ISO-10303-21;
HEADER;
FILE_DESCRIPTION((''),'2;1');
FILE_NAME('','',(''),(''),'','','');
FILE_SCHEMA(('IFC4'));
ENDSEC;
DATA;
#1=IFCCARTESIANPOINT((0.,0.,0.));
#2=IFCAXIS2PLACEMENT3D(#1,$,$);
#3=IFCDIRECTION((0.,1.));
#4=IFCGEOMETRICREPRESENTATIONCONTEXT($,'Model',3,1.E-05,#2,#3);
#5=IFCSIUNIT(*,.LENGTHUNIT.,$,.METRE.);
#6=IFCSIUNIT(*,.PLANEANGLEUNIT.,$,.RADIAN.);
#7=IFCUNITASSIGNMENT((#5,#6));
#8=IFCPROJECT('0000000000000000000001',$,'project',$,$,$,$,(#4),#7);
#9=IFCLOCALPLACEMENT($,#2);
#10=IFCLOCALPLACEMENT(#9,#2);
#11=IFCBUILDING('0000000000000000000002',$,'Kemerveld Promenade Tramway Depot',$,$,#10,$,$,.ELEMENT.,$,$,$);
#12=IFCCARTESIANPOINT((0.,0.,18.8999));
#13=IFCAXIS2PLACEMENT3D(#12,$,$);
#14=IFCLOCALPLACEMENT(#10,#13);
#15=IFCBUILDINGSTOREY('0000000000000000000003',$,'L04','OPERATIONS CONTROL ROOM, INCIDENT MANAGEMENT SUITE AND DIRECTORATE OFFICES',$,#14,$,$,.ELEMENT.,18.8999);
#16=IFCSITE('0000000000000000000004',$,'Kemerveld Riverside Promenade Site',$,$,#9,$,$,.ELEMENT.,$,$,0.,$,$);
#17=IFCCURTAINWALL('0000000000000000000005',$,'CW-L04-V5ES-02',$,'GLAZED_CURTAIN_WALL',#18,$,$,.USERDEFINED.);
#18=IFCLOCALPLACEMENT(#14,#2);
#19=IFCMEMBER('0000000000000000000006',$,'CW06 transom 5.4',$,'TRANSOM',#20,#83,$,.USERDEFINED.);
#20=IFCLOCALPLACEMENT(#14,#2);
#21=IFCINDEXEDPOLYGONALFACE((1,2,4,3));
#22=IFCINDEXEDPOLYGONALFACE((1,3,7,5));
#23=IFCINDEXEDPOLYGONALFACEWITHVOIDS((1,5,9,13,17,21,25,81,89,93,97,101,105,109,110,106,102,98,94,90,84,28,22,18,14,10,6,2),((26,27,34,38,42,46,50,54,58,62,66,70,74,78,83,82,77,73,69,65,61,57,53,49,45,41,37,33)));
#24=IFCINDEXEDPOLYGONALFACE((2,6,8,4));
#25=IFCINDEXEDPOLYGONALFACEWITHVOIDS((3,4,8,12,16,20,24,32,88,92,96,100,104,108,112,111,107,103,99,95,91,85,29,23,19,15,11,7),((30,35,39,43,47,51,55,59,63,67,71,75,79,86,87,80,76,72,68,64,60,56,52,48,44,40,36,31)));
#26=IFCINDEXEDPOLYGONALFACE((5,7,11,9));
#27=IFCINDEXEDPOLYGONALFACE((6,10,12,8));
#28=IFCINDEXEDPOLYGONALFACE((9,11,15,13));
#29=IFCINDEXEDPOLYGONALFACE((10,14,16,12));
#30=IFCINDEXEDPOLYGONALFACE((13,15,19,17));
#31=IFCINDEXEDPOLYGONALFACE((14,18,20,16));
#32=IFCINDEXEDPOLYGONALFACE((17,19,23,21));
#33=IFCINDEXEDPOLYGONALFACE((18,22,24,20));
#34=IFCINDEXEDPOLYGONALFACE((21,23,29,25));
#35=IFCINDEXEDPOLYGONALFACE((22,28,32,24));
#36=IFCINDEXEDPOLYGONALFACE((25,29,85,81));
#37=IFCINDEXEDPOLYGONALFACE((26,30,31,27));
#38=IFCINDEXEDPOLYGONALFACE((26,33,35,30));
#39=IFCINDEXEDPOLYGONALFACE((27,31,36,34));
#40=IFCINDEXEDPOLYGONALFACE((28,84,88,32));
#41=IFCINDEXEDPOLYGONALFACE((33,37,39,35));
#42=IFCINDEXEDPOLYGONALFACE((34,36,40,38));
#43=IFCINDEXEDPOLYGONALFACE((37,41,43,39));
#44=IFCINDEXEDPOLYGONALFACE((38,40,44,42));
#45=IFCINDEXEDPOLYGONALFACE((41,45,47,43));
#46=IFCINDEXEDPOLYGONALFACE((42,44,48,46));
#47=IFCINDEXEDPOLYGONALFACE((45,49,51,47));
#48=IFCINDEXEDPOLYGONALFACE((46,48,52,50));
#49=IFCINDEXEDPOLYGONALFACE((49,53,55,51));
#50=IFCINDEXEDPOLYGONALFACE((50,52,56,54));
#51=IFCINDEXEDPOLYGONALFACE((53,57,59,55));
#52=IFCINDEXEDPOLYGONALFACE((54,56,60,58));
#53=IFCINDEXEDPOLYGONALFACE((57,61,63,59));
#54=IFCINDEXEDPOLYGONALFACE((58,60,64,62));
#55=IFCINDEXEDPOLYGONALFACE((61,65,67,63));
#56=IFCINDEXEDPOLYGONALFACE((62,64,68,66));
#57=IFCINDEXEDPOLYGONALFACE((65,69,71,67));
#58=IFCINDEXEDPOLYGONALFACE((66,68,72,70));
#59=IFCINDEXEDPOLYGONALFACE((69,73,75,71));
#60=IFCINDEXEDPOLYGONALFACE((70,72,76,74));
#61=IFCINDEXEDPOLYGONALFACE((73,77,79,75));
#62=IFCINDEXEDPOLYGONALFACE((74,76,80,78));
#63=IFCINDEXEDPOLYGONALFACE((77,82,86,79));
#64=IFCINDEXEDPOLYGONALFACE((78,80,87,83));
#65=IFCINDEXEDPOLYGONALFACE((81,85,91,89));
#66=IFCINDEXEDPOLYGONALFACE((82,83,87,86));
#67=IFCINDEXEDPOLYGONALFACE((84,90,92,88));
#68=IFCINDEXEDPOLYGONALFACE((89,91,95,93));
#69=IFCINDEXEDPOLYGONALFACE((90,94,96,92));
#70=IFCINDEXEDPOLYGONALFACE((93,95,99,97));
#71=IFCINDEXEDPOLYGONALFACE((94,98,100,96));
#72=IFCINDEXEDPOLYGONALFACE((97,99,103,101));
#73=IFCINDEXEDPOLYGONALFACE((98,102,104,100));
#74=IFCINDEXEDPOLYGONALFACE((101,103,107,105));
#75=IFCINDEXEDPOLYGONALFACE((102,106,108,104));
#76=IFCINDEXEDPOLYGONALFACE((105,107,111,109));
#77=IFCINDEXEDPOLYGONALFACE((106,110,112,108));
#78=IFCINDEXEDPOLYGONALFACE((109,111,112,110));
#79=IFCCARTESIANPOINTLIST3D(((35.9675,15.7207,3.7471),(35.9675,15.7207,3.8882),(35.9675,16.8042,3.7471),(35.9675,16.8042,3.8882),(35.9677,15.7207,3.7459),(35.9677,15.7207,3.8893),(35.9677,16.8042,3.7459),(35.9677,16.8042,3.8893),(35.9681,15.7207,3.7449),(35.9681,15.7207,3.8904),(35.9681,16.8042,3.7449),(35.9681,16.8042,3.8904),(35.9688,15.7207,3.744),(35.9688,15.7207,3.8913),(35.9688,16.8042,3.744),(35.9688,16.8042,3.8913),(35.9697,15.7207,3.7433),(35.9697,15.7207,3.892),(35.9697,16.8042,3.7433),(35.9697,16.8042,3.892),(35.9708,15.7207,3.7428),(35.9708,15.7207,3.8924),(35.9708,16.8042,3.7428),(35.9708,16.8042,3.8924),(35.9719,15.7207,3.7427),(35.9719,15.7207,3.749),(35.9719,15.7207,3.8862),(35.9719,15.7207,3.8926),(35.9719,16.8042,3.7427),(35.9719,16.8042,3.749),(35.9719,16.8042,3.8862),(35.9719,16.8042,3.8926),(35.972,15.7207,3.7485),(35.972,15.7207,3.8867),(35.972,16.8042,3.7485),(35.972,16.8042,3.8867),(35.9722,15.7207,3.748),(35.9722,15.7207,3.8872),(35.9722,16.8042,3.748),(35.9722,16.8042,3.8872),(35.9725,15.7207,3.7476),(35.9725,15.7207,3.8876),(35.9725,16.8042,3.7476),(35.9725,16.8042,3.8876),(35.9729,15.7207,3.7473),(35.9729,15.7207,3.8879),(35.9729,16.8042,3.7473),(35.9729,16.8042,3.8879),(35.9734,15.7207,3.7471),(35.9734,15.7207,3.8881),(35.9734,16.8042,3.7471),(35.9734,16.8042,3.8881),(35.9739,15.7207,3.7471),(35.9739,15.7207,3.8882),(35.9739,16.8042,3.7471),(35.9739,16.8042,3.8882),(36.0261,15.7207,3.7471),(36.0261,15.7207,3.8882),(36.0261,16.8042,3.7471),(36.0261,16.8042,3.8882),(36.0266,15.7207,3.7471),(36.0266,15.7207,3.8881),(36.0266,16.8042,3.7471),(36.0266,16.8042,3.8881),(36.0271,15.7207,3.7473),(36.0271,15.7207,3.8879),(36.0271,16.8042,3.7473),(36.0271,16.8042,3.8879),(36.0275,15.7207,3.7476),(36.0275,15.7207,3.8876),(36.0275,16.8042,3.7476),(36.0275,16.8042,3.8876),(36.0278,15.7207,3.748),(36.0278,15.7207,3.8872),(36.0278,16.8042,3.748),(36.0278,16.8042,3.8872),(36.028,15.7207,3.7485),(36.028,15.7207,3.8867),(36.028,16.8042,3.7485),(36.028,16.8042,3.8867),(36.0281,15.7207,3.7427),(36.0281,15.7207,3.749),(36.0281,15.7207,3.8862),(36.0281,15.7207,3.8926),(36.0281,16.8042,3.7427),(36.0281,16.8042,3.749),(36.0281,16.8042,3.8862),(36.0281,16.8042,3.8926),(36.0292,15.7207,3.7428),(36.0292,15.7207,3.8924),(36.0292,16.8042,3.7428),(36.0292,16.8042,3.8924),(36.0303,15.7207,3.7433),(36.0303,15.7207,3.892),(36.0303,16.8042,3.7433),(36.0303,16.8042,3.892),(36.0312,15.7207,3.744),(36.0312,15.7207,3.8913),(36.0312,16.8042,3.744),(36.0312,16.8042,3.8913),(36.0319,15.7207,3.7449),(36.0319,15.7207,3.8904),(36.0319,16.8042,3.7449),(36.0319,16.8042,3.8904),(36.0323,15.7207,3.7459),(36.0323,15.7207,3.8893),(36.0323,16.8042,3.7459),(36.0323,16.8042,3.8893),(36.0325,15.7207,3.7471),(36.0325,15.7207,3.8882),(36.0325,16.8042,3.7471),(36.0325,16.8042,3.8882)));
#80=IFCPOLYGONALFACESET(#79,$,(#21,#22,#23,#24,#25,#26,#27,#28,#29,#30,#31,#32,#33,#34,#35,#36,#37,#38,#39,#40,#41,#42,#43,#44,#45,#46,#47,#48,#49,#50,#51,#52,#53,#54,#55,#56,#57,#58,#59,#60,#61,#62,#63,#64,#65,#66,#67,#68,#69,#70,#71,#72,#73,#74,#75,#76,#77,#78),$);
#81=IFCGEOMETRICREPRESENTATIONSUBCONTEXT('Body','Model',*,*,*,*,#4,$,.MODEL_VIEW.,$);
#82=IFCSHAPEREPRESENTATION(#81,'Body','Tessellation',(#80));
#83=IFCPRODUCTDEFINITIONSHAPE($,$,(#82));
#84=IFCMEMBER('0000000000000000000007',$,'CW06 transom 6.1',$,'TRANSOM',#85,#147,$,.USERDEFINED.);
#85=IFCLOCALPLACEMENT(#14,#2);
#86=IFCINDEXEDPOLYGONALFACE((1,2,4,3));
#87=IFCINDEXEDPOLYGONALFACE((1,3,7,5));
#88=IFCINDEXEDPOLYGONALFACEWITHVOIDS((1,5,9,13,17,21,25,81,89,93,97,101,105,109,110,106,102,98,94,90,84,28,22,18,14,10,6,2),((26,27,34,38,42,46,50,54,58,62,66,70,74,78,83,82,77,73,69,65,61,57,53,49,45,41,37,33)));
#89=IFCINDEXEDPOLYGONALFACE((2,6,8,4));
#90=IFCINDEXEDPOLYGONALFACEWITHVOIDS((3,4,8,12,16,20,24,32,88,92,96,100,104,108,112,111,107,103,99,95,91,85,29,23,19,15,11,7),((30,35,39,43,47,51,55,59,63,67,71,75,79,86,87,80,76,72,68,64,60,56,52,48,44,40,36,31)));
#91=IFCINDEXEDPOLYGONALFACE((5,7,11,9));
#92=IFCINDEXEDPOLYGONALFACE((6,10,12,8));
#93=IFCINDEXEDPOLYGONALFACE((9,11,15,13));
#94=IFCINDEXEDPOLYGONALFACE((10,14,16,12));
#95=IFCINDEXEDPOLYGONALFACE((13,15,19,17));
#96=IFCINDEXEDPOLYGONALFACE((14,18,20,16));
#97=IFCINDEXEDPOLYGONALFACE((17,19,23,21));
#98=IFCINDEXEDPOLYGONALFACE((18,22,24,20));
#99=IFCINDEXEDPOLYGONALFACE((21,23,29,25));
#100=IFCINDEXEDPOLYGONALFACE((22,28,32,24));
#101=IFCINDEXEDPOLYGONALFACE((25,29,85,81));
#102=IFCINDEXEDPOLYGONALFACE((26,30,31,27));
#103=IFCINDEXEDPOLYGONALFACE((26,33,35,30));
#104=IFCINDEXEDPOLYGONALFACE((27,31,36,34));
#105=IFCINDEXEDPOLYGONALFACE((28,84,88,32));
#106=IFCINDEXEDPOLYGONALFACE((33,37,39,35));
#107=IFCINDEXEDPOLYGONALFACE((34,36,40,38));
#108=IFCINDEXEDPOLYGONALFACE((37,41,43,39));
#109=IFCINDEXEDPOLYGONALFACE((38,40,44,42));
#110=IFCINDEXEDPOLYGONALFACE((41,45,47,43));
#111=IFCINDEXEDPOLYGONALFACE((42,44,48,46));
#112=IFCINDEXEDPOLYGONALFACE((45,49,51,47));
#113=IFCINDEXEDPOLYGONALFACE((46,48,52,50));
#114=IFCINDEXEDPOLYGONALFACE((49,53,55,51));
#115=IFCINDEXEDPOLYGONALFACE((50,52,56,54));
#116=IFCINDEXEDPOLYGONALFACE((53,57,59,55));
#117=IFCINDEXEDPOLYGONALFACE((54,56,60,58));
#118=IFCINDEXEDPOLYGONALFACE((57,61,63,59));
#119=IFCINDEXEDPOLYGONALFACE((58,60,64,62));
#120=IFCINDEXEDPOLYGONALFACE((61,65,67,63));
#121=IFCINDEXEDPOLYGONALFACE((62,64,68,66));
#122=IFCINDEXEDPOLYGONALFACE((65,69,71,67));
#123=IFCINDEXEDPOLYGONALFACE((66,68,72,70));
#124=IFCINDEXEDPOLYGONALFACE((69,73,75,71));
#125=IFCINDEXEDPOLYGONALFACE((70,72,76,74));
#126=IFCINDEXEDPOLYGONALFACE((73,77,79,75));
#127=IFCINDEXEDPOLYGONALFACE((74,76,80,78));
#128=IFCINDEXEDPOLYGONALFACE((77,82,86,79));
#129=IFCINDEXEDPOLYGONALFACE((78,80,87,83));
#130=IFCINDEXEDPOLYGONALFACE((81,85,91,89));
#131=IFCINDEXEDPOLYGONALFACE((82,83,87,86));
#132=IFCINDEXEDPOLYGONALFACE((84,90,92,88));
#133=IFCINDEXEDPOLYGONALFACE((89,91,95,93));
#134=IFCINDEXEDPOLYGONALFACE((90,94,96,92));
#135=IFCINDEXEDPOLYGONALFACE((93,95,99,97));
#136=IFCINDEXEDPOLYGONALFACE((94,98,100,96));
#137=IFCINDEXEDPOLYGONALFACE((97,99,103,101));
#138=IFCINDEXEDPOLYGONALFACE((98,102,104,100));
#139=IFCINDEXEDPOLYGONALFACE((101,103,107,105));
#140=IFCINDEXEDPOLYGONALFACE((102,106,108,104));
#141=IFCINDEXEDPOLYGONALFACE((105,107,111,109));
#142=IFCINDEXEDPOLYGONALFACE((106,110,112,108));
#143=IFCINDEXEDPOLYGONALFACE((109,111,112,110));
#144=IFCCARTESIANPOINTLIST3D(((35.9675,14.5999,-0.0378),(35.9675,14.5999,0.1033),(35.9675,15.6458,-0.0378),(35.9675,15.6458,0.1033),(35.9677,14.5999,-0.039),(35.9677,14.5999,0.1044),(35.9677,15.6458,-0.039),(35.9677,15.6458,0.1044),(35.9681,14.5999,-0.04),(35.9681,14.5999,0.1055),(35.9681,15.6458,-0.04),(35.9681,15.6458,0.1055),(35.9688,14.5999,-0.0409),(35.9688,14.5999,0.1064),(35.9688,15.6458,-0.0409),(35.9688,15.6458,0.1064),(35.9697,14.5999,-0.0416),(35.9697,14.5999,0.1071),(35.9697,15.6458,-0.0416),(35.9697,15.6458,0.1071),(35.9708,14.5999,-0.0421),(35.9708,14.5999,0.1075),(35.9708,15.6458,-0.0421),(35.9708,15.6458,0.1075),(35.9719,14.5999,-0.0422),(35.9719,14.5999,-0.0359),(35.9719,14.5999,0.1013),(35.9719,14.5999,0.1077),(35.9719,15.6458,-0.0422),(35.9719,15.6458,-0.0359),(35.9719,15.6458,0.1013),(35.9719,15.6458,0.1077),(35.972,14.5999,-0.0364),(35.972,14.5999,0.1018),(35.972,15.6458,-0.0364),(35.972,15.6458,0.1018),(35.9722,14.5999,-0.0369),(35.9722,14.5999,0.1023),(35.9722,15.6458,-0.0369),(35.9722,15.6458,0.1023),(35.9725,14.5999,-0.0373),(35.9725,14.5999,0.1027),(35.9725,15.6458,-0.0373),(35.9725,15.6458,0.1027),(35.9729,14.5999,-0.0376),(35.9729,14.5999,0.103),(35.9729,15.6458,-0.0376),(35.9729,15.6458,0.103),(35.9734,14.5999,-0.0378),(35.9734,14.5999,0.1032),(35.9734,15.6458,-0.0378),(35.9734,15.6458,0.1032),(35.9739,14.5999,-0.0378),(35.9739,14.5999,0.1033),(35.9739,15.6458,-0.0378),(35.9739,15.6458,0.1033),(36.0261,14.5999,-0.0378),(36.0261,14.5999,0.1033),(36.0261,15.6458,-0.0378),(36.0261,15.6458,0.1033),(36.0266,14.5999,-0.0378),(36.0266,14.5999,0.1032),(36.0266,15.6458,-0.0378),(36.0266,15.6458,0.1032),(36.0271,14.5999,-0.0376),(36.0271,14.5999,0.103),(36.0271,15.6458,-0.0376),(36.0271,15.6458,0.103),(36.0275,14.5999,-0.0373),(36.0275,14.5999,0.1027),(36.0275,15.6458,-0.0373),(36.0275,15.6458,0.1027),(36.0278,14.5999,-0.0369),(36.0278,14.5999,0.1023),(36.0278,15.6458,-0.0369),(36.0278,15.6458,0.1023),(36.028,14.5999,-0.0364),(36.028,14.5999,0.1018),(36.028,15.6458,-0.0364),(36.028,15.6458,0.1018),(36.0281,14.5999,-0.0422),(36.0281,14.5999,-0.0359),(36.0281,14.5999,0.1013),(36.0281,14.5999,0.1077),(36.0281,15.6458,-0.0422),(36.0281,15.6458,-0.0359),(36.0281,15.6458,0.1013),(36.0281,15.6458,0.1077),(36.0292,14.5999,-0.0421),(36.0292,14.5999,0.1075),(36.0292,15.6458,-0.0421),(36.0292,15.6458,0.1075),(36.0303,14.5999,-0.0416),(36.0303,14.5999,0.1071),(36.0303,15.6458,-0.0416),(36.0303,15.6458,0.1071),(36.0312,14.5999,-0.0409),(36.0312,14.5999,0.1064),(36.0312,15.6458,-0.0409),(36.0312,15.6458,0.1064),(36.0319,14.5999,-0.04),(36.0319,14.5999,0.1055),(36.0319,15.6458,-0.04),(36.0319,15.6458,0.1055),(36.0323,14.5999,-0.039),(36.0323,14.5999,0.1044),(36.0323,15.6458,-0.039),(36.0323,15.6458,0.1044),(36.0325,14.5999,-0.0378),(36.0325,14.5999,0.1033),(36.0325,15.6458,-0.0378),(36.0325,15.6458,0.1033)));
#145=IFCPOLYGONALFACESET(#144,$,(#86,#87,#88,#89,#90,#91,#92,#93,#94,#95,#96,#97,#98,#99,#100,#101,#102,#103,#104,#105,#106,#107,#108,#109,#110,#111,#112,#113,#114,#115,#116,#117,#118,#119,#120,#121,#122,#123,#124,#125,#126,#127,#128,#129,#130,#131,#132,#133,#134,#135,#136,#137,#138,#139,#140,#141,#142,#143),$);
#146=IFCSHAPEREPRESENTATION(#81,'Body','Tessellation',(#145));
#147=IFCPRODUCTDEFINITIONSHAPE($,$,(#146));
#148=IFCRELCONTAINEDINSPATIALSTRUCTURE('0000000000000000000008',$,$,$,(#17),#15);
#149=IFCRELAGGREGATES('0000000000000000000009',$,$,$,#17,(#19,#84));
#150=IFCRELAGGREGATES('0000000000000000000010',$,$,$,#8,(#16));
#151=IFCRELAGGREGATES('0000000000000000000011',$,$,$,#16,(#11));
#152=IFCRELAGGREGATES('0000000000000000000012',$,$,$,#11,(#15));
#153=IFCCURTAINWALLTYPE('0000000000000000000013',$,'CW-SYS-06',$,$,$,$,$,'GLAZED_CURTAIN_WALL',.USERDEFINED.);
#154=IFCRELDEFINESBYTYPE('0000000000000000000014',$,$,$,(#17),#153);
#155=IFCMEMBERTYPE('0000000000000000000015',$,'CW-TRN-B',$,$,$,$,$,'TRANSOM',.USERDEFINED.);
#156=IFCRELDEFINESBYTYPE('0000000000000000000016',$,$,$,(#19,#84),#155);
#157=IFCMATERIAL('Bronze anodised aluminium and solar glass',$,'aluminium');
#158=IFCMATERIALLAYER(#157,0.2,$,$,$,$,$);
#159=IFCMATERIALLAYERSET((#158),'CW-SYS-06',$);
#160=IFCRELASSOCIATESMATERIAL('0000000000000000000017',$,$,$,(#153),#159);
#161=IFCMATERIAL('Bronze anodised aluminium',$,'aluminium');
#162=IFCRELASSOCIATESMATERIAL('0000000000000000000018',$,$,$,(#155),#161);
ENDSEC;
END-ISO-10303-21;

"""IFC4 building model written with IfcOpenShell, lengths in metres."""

from ifc_helpers import new_model, si_unit, direction, frame, origin, origin_2d, place, context, subcontext, project, spatial, hollow_rectangle, extrude, material, layer, layer_set, material_profile, profile_set, type_object, element, aggregate, save


model = new_model("IFC4")

# Units and contexts
model_context = context("Model", 3, precision=1e-05, world=origin(), true_north=direction((0.0, 1.0)))
body_context = subcontext(model_context, "Body", "Model", "MODEL_VIEW")
ifc_project = project(units=[si_unit("LENGTHUNIT", "METRE"), si_unit("PLANEANGLEUNIT", "RADIAN")], contexts=[model_context])

# Site, building, storey
site_placement = place(None, origin())
site = spatial("IfcSite", under=ifc_project, at=site_placement, Name="Kemerveld Riverside Promenade Site", CompositionType="ELEMENT", RefElevation=0.0)
building_placement = place(site_placement, origin())
building = spatial("IfcBuilding", under=site, at=building_placement, Name="Kemerveld Promenade Tramway Depot", CompositionType="ELEMENT")
storey_placement = place(building_placement, frame((0.0, 0.0, 18.8999)))
storey = spatial("IfcBuildingStorey", under=building, at=storey_placement, Name="L04", Description="OPERATIONS CONTROL ROOM, INCIDENT MANAGEMENT SUITE AND DIRECTORATE OFFICES", CompositionType="ELEMENT", Elevation=18.8999)

# Curtain wall, members
ifc_material_1 = material(Name="Bronze anodised aluminium and solar glass", Category="aluminium")
ifc_layer_1 = layer(ifc_material_1, 0.2)
ifc_layer_set_1 = layer_set([ifc_layer_1], Name="CW-SYS-06")
curtain_wall_type = type_object("IfcCurtainWallType", Name="CW-SYS-06", ElementType="GLAZED_CURTAIN_WALL", PredefinedType="USERDEFINED", material=ifc_layer_set_1)
curtain_wall_placement = place(storey_placement, origin())
curtain_wall = element("IfcCurtainWall", 1, at=curtain_wall_placement, inside=storey, type_object=curtain_wall_type, Name="CW-L04-V5ES-02", ObjectType="GLAZED_CURTAIN_WALL", PredefinedType="USERDEFINED")
ifc_material_2 = material(Name="Bronze anodised aluminium", Category="aluminium")
ifc_material_profile_1 = material_profile(ifc_material_2, hollow_rectangle(XDim=0.0649, YDim=0.1499, WallThickness=0.0044, InnerFilletRadius=0.002, OuterFilletRadius=0.0044, at=origin_2d()), Name="CW-TRN-150x65")
ifc_profile_set_1 = profile_set([ifc_material_profile_1], Name="Bronze anodised aluminium")
member_type_1 = type_object("IfcMemberType", Name="CW-TRN-B", ElementType="TRANSOM", PredefinedType="USERDEFINED", material=ifc_profile_set_1)
member_1_placement = place(storey_placement, frame((36.0, 16.8042, 3.8176), z_axis=(0.0, -1.0, 0.0), x_axis=(1.0, 0.0, 0.0)))
member_1 = element("IfcMember", 2, at=member_1_placement, type_object=member_type_1, Name="CW06 transom 5.4", ObjectType="TRANSOM", PredefinedType="USERDEFINED", context=body_context, shape_type="SweptSolid", body=[
    extrude(hollow_rectangle(XDim=0.0649, YDim=0.1499, WallThickness=0.0044, InnerFilletRadius=0.002, OuterFilletRadius=0.0044, at=origin_2d()), origin(), (0.0, 0.0, 1.0), 1.0835),
])
member_2_placement = place(storey_placement, frame((36.0, 15.6458, 0.0327), z_axis=(0.0, -1.0, 0.0), x_axis=(1.0, 0.0, 0.0)))
member_2 = element("IfcMember", 3, at=member_2_placement, type_object=member_type_1, Name="CW06 transom 6.1", ObjectType="TRANSOM", PredefinedType="USERDEFINED", context=body_context, shape_type="SweptSolid", body=[
    extrude(hollow_rectangle(XDim=0.0649, YDim=0.1499, WallThickness=0.0044, InnerFilletRadius=0.002, OuterFilletRadius=0.0044, at=origin_2d()), origin(), (0.0, 0.0, 1.0), 1.0459),
])
aggregate(curtain_wall, [member_1, member_2])

save(model, "model.ifc")
